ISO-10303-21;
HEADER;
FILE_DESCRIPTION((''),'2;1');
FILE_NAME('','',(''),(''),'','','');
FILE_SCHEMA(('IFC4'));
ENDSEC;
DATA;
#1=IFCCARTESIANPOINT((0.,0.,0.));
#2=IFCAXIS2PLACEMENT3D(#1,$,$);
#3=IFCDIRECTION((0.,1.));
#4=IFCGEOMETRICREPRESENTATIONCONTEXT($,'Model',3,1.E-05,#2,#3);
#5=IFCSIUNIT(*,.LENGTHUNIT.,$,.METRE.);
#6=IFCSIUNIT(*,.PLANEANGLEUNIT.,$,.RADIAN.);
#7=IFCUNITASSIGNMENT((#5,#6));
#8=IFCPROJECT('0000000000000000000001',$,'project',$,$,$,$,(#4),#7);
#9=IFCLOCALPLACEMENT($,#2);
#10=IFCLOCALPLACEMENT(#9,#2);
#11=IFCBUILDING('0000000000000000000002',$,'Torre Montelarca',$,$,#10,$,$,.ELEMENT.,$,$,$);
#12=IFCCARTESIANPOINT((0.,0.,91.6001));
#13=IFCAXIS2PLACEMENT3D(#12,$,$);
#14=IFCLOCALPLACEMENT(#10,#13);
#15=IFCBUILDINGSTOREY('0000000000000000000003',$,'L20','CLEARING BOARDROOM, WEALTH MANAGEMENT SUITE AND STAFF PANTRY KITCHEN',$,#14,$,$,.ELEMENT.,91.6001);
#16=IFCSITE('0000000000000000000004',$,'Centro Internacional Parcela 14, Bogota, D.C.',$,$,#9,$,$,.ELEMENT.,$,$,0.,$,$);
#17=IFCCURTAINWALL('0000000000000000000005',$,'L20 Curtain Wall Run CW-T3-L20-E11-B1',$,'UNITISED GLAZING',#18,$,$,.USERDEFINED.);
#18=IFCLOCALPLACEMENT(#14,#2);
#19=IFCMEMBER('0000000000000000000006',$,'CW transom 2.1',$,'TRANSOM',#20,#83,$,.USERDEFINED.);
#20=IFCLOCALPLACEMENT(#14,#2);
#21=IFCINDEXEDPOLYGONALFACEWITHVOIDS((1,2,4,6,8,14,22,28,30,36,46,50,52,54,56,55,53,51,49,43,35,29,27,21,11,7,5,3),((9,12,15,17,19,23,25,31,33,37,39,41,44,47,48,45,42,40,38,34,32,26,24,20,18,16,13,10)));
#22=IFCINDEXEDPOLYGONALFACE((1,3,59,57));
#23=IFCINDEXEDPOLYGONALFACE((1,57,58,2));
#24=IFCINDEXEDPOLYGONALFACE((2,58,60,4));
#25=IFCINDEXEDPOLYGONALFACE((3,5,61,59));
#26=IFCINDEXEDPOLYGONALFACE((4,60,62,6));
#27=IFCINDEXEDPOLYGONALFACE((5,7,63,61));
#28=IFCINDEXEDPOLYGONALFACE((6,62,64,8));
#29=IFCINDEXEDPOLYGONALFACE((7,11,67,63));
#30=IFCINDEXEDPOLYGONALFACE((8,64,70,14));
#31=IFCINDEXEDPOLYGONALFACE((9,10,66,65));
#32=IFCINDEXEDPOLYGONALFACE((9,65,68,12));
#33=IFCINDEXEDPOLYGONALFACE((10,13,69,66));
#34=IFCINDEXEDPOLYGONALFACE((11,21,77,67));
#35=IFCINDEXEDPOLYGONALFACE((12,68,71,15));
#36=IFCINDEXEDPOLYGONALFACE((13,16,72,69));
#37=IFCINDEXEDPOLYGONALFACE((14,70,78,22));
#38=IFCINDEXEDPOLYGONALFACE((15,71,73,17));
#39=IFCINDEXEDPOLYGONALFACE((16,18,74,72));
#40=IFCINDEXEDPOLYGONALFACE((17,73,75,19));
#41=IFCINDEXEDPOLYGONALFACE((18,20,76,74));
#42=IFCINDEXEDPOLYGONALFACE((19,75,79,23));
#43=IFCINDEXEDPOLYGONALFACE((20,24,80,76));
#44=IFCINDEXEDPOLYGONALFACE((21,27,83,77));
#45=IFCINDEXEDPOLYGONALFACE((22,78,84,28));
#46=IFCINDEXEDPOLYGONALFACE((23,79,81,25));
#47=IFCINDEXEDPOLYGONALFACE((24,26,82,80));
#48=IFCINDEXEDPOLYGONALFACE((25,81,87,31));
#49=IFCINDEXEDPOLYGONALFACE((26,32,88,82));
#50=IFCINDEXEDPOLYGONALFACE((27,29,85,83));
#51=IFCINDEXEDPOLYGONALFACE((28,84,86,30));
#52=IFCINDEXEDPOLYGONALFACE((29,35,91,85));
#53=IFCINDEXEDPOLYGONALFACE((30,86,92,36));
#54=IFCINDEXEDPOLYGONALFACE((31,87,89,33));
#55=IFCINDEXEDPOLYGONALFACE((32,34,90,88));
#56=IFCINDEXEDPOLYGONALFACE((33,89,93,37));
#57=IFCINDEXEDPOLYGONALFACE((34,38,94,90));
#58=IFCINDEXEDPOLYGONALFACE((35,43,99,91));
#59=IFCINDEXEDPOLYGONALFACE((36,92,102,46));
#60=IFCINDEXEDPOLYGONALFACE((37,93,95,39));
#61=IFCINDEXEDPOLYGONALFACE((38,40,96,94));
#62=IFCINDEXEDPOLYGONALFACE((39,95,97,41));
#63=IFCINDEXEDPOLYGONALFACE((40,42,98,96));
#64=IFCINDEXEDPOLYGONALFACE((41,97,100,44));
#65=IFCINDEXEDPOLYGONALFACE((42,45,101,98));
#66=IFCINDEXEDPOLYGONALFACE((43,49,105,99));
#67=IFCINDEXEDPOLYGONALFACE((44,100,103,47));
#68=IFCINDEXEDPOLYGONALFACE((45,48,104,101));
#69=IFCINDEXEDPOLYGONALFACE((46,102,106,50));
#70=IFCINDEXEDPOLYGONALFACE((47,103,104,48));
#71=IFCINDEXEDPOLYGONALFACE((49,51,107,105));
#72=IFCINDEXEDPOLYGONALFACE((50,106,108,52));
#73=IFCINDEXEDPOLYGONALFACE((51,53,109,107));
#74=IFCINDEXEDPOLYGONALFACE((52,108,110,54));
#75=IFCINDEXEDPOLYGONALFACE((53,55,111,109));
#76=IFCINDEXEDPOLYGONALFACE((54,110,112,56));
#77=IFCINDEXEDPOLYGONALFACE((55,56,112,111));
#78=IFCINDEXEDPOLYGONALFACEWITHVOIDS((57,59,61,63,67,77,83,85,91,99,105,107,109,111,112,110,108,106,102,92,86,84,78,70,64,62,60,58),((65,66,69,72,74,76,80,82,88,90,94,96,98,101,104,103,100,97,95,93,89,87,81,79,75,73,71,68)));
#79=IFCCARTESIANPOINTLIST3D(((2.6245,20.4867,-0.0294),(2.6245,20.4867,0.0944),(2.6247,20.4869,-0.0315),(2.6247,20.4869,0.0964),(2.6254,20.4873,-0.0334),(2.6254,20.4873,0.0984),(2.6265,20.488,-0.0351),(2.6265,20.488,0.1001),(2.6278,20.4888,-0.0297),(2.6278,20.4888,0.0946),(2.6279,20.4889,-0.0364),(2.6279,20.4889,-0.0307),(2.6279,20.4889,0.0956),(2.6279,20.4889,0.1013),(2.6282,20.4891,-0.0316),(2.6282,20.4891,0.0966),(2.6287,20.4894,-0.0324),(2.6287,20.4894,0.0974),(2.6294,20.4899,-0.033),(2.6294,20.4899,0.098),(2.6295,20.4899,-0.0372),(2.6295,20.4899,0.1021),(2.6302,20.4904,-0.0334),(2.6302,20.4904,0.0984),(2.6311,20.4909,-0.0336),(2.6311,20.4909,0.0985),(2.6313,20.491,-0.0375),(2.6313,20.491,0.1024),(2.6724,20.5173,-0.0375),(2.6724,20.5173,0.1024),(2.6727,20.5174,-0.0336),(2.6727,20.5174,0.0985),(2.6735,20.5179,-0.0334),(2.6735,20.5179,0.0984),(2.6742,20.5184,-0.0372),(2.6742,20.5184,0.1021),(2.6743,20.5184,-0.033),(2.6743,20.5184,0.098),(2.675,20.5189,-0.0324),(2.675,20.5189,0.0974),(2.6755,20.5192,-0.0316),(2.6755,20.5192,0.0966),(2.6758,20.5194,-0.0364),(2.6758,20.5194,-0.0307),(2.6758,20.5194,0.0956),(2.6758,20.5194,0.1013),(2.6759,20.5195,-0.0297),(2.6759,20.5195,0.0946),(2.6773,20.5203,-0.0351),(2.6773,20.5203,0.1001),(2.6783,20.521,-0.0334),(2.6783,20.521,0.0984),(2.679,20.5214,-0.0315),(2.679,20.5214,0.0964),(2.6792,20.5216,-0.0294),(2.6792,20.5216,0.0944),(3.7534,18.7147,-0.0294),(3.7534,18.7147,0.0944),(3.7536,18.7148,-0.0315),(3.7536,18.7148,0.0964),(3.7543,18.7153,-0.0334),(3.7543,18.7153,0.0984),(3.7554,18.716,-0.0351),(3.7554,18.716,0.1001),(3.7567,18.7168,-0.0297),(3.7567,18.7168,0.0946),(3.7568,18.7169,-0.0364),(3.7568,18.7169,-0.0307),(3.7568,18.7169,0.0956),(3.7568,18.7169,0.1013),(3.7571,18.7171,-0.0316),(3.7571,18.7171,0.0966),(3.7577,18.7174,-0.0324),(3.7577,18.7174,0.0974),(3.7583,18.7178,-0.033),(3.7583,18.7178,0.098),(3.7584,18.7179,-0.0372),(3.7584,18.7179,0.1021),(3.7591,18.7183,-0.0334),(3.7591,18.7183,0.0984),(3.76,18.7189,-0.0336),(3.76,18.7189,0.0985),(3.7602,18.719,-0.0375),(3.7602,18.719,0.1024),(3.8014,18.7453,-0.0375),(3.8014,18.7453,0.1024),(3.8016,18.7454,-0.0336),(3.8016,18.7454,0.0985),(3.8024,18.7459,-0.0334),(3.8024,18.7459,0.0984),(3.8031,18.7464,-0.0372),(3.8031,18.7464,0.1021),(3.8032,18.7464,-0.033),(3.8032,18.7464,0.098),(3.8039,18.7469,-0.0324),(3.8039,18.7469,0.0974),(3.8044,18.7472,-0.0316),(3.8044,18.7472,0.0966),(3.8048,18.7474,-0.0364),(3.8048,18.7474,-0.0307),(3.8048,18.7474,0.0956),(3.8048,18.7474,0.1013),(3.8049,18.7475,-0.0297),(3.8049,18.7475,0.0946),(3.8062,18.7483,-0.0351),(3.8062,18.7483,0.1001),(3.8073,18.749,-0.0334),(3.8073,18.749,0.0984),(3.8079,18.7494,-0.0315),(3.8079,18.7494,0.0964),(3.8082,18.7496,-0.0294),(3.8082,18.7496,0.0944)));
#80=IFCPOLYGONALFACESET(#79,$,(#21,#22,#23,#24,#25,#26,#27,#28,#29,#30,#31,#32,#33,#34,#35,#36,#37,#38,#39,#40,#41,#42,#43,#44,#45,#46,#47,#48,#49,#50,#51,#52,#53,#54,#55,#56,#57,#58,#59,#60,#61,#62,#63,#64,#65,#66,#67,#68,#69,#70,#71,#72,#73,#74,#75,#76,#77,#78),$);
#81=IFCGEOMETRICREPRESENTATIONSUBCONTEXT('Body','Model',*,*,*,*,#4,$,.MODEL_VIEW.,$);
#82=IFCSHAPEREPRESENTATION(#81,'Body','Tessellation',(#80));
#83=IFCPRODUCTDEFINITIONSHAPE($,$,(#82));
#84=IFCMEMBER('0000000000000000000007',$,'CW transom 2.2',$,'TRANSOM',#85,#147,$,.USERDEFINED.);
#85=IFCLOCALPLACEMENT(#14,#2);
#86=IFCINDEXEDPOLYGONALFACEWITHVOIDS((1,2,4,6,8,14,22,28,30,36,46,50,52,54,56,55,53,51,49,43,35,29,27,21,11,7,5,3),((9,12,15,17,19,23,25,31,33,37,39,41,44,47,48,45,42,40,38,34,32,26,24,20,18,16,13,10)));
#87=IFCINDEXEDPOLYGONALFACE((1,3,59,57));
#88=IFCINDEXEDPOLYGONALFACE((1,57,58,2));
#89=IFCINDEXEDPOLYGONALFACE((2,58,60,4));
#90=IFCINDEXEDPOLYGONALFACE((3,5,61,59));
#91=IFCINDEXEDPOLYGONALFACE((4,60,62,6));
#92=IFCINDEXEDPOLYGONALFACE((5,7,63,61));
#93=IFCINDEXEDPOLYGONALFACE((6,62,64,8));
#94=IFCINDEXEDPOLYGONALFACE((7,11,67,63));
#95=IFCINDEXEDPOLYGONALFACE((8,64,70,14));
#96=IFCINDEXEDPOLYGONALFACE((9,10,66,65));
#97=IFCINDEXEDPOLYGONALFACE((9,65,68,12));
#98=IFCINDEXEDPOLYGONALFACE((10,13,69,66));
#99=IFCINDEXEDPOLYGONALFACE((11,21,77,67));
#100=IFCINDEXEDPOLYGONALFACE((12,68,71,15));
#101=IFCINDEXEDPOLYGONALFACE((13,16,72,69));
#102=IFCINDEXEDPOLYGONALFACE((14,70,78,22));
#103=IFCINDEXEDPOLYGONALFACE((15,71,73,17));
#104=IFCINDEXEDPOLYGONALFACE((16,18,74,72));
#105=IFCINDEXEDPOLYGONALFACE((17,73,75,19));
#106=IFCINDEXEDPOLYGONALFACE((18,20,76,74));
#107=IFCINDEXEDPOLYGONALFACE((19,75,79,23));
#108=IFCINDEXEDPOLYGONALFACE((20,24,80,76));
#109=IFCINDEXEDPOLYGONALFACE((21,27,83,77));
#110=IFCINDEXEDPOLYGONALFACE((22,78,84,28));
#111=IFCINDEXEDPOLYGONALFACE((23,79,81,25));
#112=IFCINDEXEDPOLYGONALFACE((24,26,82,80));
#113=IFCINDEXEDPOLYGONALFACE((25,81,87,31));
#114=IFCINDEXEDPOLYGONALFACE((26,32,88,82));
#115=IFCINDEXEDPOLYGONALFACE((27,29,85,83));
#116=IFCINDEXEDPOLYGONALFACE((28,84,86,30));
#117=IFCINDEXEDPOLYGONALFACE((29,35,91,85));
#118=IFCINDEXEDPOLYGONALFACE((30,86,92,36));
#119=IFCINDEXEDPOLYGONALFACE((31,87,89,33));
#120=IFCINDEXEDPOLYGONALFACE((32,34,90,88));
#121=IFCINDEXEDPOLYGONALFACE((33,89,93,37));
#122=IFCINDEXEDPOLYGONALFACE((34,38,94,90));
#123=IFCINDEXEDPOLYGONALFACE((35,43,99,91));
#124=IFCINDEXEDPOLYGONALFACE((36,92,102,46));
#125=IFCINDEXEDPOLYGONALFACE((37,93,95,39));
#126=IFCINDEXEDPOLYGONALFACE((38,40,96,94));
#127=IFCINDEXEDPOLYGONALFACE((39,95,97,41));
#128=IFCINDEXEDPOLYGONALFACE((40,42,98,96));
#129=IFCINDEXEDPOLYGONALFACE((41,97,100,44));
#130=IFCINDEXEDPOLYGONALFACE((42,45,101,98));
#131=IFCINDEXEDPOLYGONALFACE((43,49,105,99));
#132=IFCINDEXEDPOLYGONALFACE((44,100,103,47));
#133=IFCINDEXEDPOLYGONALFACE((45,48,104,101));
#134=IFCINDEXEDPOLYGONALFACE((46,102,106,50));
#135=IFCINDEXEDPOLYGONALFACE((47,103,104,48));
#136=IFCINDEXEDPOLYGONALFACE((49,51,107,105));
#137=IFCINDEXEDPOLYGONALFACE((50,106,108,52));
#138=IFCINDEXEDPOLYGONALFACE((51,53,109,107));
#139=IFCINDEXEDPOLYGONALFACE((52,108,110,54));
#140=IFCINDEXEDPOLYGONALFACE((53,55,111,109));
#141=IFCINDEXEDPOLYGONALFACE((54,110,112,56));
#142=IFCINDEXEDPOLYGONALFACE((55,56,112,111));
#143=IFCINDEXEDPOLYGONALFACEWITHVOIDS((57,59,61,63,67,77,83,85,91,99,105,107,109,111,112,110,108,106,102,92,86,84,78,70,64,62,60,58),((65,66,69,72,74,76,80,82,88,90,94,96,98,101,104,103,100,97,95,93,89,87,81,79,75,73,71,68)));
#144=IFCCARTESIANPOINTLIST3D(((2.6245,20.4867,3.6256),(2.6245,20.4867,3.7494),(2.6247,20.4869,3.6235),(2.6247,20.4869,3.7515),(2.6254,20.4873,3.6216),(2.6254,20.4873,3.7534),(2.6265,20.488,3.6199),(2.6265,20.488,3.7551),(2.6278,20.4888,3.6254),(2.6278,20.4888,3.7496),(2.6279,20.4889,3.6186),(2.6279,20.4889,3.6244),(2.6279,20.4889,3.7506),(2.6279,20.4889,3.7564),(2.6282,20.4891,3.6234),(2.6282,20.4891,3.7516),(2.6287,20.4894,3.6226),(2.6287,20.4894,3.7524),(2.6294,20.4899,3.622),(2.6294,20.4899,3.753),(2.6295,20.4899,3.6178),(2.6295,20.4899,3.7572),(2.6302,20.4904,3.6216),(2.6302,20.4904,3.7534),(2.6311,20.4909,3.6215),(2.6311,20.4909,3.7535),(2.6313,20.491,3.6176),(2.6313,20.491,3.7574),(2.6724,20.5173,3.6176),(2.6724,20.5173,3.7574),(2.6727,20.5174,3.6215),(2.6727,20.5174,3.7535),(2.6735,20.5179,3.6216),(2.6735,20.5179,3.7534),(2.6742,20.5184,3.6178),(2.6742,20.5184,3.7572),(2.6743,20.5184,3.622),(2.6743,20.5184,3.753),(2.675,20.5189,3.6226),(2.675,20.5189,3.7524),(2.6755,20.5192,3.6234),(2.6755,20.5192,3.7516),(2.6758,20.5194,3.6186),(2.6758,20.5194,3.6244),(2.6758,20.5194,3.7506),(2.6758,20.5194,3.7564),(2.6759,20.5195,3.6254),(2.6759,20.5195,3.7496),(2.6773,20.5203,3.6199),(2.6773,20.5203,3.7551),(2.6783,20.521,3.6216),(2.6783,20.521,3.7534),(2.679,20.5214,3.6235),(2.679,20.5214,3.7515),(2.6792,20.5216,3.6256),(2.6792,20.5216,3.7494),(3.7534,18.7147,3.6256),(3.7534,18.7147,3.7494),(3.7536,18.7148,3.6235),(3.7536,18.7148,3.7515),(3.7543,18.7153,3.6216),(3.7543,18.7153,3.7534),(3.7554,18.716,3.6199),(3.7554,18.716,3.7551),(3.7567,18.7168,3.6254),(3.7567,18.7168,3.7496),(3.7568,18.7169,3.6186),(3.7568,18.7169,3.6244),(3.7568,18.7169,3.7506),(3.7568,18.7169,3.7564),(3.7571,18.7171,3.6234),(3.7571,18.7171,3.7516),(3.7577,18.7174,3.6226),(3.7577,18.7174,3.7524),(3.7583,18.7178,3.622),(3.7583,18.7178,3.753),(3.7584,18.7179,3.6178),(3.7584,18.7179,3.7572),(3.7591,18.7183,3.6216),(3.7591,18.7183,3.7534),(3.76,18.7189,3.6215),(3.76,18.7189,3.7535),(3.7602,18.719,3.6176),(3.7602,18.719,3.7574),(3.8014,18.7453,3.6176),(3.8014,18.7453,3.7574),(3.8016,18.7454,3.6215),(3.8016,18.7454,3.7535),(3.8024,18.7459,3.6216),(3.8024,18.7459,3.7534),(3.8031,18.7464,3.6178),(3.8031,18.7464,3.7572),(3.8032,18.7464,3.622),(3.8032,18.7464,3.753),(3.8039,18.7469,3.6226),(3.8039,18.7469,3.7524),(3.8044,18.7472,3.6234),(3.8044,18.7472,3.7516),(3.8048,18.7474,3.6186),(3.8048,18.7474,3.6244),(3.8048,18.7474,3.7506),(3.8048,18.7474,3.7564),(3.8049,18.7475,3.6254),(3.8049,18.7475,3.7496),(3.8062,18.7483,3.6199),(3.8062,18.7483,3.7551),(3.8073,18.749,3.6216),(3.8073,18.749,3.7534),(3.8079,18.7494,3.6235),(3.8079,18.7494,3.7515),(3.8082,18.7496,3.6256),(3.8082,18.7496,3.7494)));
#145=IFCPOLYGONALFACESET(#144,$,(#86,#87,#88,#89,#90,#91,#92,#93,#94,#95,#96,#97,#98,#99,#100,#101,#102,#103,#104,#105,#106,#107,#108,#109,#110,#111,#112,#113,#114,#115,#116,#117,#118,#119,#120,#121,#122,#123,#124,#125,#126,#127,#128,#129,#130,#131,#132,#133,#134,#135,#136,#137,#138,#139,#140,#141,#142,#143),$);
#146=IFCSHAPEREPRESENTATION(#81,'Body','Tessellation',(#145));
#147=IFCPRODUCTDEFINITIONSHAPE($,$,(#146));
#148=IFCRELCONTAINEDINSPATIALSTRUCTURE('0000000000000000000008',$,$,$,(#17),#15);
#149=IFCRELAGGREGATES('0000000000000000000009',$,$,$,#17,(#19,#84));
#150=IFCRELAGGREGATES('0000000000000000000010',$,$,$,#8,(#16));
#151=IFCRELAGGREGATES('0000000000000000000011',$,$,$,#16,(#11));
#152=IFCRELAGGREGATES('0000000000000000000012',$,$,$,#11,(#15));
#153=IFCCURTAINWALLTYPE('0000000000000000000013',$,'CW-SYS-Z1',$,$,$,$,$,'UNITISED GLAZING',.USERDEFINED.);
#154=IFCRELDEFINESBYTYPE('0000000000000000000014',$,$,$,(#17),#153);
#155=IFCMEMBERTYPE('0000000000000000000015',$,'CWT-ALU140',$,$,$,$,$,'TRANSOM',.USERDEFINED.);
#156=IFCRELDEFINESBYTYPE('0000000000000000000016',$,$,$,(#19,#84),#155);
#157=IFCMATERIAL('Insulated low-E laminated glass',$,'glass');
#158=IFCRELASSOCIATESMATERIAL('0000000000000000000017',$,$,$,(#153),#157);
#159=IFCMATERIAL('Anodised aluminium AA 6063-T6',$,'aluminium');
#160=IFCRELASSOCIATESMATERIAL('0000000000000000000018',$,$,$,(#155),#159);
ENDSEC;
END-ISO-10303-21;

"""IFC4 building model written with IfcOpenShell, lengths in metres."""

from ifc_helpers import new_model, si_unit, direction, frame, origin, origin_2d, place, context, subcontext, project, spatial, hollow_rectangle, extrude, source, transform, mapped, material, material_profile, profile_set, type_object, element, aggregate, save


model = new_model("IFC4")

# Units and contexts
model_context = context("Model", 3, precision=1e-05, world=origin(), true_north=direction((0.0, 1.0)))
body_context = subcontext(model_context, "Body", "Model", "MODEL_VIEW")
ifc_project = project(units=[si_unit("LENGTHUNIT", "METRE"), si_unit("PLANEANGLEUNIT", "RADIAN")], contexts=[model_context])

# Site, building, storey
site_placement = place(None, origin())
site = spatial("IfcSite", under=ifc_project, at=site_placement, Name="Centro Internacional Parcela 14, Bogota, D.C.", CompositionType="ELEMENT", RefElevation=0.0)
building_placement = place(site_placement, origin())
building = spatial("IfcBuilding", under=site, at=building_placement, Name="Torre Montelarca", CompositionType="ELEMENT")
storey_placement = place(building_placement, frame((0.0, 0.0, 91.6001)))
storey = spatial("IfcBuildingStorey", under=building, at=storey_placement, Name="L20", Description="CLEARING BOARDROOM, WEALTH MANAGEMENT SUITE AND STAFF PANTRY KITCHEN", CompositionType="ELEMENT", Elevation=91.6001)

# Curtain wall, members
ifc_material_1 = material(Name="Insulated low-E laminated glass", Category="glass")
curtain_wall_type = type_object("IfcCurtainWallType", Name="CW-SYS-Z1", ElementType="UNITISED GLAZING", PredefinedType="USERDEFINED", material=ifc_material_1)
ifc_material_2 = material(Name="Anodised aluminium AA 6063-T6", Category="aluminium")
ifc_material_profile_1 = material_profile(ifc_material_2, hollow_rectangle(XDim=0.0649, YDim=0.1399, WallThickness=0.0039, InnerFilletRadius=0.0039, OuterFilletRadius=0.0081, at=origin_2d()), Name="ALU65X140X4", Category="aluminium")
ifc_profile_set_1 = profile_set([ifc_material_profile_1], Name="Anodised aluminium AA 6063-T6")
member_type_1 = type_object("IfcMemberType", Name="CWT-ALU140", ElementType="TRANSOM", PredefinedType="USERDEFINED", material=ifc_profile_set_1)
curtain_wall_1_placement = place(storey_placement, origin())
curtain_wall_1 = element("IfcCurtainWall", 1, at=curtain_wall_1_placement, inside=storey, type_object=curtain_wall_type, Name="L20 Curtain Wall Run CW-T3-L20-E11-B1", ObjectType="UNITISED GLAZING", PredefinedType="USERDEFINED")
shared_shape_1 = source(origin(), body_context, "Body", "SweptSolid", [
    extrude(hollow_rectangle(XDim=0.0649, YDim=0.1399, WallThickness=0.0039, InnerFilletRadius=0.0039, OuterFilletRadius=0.0081, at=origin_2d()), origin(), (0.0, 0.0, 1.0), 2.1011),
])
member_1_placement = place(storey_placement, frame((2.6519, 20.5042, 0.0325), z_axis=(0.537312, -0.843384, 0.0), x_axis=(0.843384, 0.537312, 0.0)))
member_1 = element("IfcMember", 2, at=member_1_placement, type_object=member_type_1, Name="CW transom 2.1", ObjectType="TRANSOM", PredefinedType="USERDEFINED", context=body_context, shape_type="MappedRepresentation", body=[
    mapped(shared_shape_1, transform((0.0, 0.0, 0.0), scale=1.0)),
])
member_2_placement = place(storey_placement, frame((2.6519, 20.5042, 3.6875), z_axis=(0.537312, -0.843384, 0.0), x_axis=(0.843384, 0.537312, 0.0)))
member_2 = element("IfcMember", 3, at=member_2_placement, type_object=member_type_1, Name="CW transom 2.2", ObjectType="TRANSOM", PredefinedType="USERDEFINED", context=body_context, shape_type="MappedRepresentation", body=[
    mapped(shared_shape_1, transform((0.0, 0.0, 0.0), scale=1.0)),
])

aggregate(curtain_wall_1, [member_1, member_2])

save(model, "model.ifc")
